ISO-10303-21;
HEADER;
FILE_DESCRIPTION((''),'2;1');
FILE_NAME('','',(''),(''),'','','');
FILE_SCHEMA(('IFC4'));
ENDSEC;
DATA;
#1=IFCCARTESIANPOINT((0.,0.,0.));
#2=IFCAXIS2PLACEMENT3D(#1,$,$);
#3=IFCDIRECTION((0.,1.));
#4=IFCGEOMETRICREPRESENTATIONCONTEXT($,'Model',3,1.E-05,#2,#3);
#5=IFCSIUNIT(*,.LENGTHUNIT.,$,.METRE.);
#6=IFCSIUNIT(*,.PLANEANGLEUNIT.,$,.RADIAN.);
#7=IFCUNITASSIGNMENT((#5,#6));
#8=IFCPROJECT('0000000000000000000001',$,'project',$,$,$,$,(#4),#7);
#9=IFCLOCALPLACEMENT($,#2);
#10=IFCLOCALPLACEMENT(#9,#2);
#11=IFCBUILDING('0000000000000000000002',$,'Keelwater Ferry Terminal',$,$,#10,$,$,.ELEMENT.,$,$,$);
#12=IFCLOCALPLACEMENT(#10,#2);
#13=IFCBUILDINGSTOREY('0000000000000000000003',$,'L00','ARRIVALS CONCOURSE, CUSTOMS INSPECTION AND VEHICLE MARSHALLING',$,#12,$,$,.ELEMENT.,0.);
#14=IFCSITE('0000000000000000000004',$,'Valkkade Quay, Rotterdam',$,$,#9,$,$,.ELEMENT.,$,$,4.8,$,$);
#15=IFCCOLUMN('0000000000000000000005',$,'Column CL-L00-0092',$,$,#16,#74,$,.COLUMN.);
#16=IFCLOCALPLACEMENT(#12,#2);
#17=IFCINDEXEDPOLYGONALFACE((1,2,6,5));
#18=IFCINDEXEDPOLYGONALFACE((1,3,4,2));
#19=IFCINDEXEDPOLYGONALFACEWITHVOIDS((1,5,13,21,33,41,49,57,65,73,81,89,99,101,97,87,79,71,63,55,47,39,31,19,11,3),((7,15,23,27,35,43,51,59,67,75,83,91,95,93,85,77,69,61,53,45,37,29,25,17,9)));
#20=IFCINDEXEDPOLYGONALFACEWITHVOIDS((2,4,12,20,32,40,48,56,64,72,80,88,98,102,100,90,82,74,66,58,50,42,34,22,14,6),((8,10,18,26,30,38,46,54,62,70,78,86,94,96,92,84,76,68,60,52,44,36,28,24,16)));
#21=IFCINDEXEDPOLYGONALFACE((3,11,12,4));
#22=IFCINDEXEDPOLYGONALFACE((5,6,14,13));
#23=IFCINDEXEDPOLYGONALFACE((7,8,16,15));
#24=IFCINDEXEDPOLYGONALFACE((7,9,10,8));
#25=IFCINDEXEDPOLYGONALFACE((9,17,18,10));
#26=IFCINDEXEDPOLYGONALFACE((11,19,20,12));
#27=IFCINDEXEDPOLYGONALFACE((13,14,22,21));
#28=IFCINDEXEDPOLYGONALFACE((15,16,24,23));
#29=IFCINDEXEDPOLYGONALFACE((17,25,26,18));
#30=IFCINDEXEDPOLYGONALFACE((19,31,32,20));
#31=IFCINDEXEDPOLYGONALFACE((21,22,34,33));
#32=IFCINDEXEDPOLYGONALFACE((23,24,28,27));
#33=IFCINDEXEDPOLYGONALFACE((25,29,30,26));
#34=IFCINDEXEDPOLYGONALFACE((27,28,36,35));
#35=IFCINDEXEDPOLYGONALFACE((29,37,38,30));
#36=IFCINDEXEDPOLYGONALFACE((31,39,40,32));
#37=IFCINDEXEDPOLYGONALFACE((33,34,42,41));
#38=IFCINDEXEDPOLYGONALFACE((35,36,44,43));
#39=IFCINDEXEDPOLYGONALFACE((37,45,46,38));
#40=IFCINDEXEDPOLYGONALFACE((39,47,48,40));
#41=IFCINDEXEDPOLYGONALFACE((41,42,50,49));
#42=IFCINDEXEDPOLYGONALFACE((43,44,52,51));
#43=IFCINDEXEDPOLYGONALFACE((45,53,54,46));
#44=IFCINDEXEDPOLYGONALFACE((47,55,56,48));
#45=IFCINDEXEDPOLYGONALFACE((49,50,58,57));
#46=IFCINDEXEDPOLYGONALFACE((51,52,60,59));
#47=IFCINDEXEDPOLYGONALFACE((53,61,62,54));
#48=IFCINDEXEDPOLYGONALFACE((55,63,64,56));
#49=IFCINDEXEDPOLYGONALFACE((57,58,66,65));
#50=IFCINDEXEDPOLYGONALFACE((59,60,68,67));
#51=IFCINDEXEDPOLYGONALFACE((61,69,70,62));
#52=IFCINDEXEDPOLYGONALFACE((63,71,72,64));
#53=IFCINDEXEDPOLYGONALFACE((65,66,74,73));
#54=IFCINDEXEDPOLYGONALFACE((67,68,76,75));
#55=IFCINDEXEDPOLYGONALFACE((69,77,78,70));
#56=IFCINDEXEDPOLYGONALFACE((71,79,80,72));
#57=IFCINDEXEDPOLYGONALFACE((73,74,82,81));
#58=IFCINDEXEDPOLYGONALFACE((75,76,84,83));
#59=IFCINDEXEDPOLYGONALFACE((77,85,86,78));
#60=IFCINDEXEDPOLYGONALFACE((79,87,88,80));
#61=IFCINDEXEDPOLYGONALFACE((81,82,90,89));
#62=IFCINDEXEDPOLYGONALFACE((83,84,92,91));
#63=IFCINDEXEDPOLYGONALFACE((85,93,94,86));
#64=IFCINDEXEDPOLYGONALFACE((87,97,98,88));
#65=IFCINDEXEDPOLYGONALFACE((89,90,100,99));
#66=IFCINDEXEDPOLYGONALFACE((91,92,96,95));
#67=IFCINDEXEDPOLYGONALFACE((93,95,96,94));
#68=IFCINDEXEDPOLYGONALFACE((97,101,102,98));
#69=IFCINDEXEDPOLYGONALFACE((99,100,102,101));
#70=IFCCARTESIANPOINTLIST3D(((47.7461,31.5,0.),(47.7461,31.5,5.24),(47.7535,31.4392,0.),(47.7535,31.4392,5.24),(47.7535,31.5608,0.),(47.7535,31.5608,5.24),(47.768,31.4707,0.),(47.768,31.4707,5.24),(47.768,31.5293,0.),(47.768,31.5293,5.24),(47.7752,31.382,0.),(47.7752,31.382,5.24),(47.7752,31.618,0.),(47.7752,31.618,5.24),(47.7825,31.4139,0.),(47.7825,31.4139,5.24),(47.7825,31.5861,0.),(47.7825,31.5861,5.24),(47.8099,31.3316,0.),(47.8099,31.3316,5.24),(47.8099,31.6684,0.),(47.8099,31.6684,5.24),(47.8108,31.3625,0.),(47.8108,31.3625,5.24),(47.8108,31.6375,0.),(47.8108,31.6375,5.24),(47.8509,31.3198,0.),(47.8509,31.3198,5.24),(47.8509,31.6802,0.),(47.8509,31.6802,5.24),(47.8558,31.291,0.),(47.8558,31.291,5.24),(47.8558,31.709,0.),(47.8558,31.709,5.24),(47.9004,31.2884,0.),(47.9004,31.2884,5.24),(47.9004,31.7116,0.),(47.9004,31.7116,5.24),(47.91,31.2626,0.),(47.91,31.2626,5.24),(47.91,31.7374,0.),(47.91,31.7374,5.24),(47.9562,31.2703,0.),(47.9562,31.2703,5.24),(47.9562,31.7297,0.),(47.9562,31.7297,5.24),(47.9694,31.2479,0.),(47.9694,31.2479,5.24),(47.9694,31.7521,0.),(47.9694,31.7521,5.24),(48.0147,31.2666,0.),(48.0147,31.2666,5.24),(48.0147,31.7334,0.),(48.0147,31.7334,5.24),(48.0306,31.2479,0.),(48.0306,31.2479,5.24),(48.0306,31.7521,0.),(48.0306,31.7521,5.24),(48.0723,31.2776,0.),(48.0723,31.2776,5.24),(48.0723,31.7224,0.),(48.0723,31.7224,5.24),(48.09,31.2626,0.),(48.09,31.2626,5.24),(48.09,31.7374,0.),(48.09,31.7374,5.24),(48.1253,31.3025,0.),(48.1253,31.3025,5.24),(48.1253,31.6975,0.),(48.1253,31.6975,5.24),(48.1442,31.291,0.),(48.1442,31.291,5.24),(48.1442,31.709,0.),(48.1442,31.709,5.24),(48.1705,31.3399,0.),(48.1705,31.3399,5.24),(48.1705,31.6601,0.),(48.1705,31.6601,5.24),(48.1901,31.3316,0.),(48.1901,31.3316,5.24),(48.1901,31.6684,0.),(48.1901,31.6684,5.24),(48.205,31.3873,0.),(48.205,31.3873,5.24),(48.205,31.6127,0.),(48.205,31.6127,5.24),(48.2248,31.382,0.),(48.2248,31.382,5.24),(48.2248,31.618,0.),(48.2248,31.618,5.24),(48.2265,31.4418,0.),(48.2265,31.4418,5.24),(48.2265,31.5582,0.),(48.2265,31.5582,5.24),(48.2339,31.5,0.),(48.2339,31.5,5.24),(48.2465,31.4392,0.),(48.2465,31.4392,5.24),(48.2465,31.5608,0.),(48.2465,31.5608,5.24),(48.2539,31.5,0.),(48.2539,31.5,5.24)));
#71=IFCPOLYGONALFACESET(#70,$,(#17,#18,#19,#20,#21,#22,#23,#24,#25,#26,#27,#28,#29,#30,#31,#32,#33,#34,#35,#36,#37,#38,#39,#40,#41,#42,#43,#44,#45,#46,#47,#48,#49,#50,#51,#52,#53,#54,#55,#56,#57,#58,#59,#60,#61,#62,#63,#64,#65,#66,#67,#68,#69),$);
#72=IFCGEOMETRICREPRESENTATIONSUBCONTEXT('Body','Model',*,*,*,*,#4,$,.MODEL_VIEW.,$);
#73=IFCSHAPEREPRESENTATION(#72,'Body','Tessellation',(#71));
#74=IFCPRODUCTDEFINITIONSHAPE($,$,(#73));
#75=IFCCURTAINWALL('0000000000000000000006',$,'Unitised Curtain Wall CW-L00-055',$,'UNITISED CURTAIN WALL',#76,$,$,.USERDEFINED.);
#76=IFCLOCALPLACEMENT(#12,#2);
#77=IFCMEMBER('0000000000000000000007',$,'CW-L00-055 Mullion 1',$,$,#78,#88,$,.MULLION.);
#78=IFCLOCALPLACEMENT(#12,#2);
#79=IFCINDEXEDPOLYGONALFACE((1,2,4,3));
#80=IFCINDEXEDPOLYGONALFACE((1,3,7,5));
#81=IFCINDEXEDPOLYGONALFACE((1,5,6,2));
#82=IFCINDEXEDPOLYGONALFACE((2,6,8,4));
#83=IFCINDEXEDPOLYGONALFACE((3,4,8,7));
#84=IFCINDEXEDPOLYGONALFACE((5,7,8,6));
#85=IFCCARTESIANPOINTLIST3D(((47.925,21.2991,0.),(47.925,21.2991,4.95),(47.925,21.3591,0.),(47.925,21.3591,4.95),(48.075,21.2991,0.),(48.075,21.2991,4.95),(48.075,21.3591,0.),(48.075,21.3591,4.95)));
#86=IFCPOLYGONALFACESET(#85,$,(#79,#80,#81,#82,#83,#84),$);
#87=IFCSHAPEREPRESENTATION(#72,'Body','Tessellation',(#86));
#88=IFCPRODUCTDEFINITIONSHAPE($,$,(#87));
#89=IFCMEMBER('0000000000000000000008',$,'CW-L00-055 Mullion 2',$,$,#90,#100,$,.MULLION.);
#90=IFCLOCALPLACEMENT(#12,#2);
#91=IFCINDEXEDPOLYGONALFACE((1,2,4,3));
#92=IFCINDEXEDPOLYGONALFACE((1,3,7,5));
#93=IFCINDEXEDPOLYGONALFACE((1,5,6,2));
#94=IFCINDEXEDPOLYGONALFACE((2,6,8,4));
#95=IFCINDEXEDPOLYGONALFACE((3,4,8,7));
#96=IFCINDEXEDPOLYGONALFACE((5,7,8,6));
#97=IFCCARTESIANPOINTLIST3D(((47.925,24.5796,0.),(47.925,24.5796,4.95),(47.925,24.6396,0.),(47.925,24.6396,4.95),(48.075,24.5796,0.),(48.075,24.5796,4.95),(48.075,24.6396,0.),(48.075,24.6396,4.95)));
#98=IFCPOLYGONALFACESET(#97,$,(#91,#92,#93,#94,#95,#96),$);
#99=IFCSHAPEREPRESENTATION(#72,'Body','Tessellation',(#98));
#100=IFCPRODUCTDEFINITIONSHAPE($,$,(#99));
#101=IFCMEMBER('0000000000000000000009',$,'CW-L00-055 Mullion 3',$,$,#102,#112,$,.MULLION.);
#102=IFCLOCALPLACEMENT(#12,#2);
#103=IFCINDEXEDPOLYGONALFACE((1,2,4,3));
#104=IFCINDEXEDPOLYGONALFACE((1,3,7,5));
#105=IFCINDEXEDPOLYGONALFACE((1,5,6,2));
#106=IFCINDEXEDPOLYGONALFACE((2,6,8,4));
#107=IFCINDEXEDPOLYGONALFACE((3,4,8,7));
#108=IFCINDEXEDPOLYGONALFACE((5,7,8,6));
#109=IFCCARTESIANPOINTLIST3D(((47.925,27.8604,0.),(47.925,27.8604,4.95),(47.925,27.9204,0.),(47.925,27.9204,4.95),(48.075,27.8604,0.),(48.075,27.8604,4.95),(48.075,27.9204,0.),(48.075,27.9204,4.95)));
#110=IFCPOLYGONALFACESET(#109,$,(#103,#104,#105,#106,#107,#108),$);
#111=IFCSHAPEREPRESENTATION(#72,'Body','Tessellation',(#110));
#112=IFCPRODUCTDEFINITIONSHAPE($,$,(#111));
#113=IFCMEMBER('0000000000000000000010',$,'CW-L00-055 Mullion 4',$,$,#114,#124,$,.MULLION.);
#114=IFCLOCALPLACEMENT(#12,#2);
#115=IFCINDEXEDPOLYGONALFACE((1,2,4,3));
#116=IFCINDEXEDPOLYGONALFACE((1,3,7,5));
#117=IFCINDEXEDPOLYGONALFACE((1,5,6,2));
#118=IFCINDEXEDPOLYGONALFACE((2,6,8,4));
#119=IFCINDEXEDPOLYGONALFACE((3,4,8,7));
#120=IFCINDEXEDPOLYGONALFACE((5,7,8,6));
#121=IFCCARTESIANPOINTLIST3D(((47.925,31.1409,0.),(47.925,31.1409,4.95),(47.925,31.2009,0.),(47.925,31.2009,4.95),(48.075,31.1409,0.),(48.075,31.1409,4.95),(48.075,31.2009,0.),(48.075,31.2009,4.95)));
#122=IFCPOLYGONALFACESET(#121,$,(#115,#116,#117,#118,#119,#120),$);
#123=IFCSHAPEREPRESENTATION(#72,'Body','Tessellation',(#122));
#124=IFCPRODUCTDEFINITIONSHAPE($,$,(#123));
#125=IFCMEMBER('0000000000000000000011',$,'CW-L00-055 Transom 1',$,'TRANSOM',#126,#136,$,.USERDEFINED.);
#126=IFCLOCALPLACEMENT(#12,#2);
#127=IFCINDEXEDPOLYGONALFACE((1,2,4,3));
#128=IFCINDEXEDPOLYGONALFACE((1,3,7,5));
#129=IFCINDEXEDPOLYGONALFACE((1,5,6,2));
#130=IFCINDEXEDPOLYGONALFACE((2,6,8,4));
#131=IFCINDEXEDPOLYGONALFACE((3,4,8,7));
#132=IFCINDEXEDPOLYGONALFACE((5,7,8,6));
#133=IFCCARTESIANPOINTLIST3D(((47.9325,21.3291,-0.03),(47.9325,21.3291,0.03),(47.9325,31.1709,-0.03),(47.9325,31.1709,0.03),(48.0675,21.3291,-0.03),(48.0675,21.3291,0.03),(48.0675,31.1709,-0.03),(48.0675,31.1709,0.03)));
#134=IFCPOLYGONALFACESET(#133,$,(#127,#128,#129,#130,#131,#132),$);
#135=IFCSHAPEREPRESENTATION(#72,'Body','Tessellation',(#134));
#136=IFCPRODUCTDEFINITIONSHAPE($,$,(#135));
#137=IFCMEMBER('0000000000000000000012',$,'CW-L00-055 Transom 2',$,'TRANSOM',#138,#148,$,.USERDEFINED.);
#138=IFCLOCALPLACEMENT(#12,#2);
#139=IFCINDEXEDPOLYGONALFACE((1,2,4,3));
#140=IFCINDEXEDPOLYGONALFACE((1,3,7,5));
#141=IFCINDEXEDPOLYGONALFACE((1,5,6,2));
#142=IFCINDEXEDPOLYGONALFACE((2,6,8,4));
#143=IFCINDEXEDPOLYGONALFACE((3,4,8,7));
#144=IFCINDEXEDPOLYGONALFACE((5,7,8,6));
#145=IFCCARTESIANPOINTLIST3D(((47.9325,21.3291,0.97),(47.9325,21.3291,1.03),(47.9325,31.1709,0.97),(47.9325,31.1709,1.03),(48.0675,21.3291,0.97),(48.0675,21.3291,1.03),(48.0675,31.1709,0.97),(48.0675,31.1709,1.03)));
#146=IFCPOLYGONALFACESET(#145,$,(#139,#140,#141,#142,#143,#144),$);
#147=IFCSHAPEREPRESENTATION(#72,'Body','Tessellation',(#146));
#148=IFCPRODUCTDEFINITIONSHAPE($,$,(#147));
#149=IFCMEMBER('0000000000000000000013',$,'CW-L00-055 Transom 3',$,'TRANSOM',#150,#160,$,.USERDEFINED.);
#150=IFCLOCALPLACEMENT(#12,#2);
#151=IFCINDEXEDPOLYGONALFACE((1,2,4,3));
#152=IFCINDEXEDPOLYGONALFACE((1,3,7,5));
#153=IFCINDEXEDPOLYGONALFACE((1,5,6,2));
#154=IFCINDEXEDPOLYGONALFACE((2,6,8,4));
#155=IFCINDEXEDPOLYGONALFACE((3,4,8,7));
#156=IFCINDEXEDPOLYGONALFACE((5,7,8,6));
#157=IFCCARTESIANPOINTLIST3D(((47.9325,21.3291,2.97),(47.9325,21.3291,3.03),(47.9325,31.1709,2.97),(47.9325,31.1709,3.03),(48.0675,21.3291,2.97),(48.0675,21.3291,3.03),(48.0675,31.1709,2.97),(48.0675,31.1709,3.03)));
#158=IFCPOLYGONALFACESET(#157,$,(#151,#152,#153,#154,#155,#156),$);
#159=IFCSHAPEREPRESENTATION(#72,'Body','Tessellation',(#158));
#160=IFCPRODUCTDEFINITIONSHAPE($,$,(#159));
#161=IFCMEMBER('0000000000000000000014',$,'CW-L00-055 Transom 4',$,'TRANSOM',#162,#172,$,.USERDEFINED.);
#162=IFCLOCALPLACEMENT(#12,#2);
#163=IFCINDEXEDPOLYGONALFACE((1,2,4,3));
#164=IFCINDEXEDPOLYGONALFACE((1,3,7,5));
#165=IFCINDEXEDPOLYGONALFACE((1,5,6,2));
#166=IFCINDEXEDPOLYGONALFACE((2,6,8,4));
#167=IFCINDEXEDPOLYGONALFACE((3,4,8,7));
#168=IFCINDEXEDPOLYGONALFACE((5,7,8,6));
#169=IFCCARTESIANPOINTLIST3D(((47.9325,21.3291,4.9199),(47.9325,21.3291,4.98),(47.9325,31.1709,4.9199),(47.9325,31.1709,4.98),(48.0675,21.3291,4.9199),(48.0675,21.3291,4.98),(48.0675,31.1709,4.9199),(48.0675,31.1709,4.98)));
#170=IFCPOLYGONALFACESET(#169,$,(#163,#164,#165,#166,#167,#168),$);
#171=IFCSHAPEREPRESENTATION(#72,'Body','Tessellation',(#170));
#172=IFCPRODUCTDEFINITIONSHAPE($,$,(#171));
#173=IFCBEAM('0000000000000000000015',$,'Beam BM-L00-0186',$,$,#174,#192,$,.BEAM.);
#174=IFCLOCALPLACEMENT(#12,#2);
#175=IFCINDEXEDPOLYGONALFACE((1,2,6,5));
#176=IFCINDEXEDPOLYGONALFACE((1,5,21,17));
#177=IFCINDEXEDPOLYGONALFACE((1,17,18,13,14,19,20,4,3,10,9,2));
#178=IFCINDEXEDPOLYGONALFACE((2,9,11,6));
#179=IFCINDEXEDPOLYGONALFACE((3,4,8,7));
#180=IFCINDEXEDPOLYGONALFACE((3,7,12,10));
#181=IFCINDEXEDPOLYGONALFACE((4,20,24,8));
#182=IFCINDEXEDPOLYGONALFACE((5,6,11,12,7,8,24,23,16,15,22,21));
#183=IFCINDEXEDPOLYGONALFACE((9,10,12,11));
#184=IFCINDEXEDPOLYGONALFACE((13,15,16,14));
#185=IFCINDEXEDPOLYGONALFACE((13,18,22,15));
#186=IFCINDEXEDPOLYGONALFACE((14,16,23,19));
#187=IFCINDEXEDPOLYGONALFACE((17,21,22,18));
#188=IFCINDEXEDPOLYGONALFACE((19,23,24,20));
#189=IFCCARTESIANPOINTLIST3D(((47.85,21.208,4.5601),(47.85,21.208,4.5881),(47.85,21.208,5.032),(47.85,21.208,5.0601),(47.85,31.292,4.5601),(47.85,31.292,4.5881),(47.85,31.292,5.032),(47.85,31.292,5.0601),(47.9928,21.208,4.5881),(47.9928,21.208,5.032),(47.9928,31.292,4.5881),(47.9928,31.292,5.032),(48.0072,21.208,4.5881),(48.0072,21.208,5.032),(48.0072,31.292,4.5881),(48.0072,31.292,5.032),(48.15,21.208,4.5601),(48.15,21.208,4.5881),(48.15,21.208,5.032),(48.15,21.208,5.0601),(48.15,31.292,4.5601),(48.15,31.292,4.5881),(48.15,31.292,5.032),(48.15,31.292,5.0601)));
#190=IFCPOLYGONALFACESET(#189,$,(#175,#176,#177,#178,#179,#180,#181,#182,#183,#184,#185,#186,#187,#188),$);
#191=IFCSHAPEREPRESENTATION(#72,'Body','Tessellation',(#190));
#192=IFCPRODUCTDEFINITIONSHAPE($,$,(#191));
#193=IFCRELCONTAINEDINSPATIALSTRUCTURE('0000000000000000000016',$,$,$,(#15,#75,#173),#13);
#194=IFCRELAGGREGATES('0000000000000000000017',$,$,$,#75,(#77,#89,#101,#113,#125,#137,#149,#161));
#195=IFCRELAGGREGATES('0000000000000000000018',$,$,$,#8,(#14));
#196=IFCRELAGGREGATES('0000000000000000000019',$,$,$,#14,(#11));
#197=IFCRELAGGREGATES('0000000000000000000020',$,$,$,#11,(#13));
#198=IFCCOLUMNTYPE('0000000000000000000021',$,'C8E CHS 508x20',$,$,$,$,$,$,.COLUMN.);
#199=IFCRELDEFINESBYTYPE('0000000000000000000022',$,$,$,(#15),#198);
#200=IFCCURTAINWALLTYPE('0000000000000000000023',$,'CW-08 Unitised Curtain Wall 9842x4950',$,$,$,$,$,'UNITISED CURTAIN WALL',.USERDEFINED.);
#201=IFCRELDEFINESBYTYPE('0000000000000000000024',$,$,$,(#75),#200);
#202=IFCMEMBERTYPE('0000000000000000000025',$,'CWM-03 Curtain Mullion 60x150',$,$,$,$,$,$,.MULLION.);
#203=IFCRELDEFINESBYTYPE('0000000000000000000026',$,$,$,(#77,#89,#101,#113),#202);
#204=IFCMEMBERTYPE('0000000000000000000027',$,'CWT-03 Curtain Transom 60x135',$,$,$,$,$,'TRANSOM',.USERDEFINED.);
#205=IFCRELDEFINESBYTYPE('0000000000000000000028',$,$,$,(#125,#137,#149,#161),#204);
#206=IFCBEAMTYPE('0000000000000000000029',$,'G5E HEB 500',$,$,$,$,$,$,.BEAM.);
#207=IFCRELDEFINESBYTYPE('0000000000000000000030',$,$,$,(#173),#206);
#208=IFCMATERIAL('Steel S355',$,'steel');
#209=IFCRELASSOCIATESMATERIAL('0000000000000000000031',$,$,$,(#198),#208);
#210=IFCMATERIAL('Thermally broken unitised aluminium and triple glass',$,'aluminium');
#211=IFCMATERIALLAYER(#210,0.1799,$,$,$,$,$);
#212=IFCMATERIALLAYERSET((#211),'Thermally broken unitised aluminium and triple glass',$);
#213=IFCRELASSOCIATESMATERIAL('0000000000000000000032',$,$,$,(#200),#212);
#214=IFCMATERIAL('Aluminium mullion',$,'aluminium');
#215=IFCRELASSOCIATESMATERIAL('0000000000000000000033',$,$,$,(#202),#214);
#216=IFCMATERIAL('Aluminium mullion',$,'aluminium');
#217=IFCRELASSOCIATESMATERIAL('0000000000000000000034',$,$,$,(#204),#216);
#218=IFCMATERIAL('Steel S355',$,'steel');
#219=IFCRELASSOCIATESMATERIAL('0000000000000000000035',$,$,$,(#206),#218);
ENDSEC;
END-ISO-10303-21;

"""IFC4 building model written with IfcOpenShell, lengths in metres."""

from ifc_helpers import new_model, si_unit, direction, frame, origin, origin_2d, place, context, subcontext, project, spatial, rectangle, hollow_circle, i_section, extrude, material, layer, layer_set, material_profile, profile_set, type_object, element, aggregate, save


model = new_model("IFC4")

# Units and contexts
model_context = context("Model", 3, precision=1e-05, world=origin(), true_north=direction((0.0, 1.0)))
body_context = subcontext(model_context, "Body", "Model", "MODEL_VIEW")
ifc_project = project(units=[si_unit("LENGTHUNIT", "METRE"), si_unit("PLANEANGLEUNIT", "RADIAN")], contexts=[model_context])

# Site, building, storey
site_placement = place(None, origin())
site = spatial("IfcSite", under=ifc_project, at=site_placement, Name="Valkkade Quay, Rotterdam", CompositionType="ELEMENT", RefElevation=4.8)
building_placement = place(site_placement, origin())
building = spatial("IfcBuilding", under=site, at=building_placement, Name="Keelwater Ferry Terminal", CompositionType="ELEMENT")
storey_placement = place(building_placement, origin())
storey = spatial("IfcBuildingStorey", under=building, at=storey_placement, Name="L00", Description="ARRIVALS CONCOURSE, CUSTOMS INSPECTION AND VEHICLE MARSHALLING", CompositionType="ELEMENT", Elevation=0.0)

# Column
ifc_material_1 = material(Name="Steel S355", Category="steel")
ifc_material_profile_1 = material_profile(ifc_material_1, hollow_circle(Radius=0.2539, WallThickness=0.02, at=origin_2d()), Name="CHS 508x20")
ifc_profile_set_1 = profile_set([ifc_material_profile_1], Name="Steel S355")
column_type = type_object("IfcColumnType", Name="C8E CHS 508x20", PredefinedType="COLUMN", material=ifc_profile_set_1)
for number, where, z_axis, x_axis, name in (
    (1, (48.0, 31.5, 0.0), (0.0, 0.0, 1.0), (1.0, 0.0, 0.0), "Column CL-L00-0092"),
):
    element("IfcColumn", number, at=place(storey_placement, frame(where, z_axis=z_axis, x_axis=x_axis)), inside=storey, type_object=column_type, Name=name, PredefinedType="COLUMN", context=body_context, shape_type="SweptSolid", body=[
        extrude(hollow_circle(Radius=0.2539, WallThickness=0.02, at=origin_2d()), origin(), (0.0, 0.0, 1.0), 5.24),
    ])

# Curtain wall, members
ifc_material_2 = material(Name="Thermally broken unitised aluminium and triple glass", Category="aluminium")
ifc_layer_1 = layer(ifc_material_2, 0.1799)
ifc_layer_set_1 = layer_set([ifc_layer_1], Name="Thermally broken unitised aluminium and triple glass")
curtain_wall_type = type_object("IfcCurtainWallType", Name="CW-08 Unitised Curtain Wall 9842x4950", ElementType="UNITISED CURTAIN WALL", PredefinedType="USERDEFINED", material=ifc_layer_set_1)
curtain_wall_placement = place(storey_placement, origin())
curtain_wall = element("IfcCurtainWall", 2, at=curtain_wall_placement, inside=storey, type_object=curtain_wall_type, Name="Unitised Curtain Wall CW-L00-055", ObjectType="UNITISED CURTAIN WALL", PredefinedType="USERDEFINED")
ifc_material_3 = material(Name="Aluminium mullion", Category="aluminium")
ifc_material_profile_2 = material_profile(ifc_material_3, rectangle(XDim=0.0601, YDim=0.1499, at=origin_2d()), Name="CWM-03")
ifc_profile_set_2 = profile_set([ifc_material_profile_2], Name="Aluminium mullion")
member_type_1 = type_object("IfcMemberType", Name="CWM-03 Curtain Mullion 60x150", PredefinedType="MULLION", material=ifc_profile_set_2)
member_1_placement = place(storey_placement, frame((48.0, 21.3291, 0.0), z_axis=(0.0, 0.0, 1.0), x_axis=(0.0, 1.0, 0.0)))
member_1 = element("IfcMember", 3, at=member_1_placement, type_object=member_type_1, Name="CW-L00-055 Mullion 1", PredefinedType="MULLION", context=body_context, shape_type="SweptSolid", body=[
    extrude(rectangle(XDim=0.0601, YDim=0.1499, at=origin_2d()), origin(), (0.0, 0.0, 1.0), 4.95),
])
member_2_placement = place(storey_placement, frame((48.0, 24.6096, 0.0), z_axis=(0.0, 0.0, 1.0), x_axis=(0.0, 1.0, 0.0)))
member_2 = element("IfcMember", 4, at=member_2_placement, type_object=member_type_1, Name="CW-L00-055 Mullion 2", PredefinedType="MULLION", context=body_context, shape_type="SweptSolid", body=[
    extrude(rectangle(XDim=0.0601, YDim=0.1499, at=origin_2d()), origin(), (0.0, 0.0, 1.0), 4.95),
])
member_3_placement = place(storey_placement, frame((48.0, 27.8904, 0.0), z_axis=(0.0, 0.0, 1.0), x_axis=(0.0, 1.0, 0.0)))
member_3 = element("IfcMember", 5, at=member_3_placement, type_object=member_type_1, Name="CW-L00-055 Mullion 3", PredefinedType="MULLION", context=body_context, shape_type="SweptSolid", body=[
    extrude(rectangle(XDim=0.0601, YDim=0.1499, at=origin_2d()), origin(), (0.0, 0.0, 1.0), 4.95),
])
member_4_placement = place(storey_placement, frame((48.0, 31.1709, 0.0), z_axis=(0.0, 0.0, 1.0), x_axis=(0.0, 1.0, 0.0)))
member_4 = element("IfcMember", 6, at=member_4_placement, type_object=member_type_1, Name="CW-L00-055 Mullion 4", PredefinedType="MULLION", context=body_context, shape_type="SweptSolid", body=[
    extrude(rectangle(XDim=0.0601, YDim=0.1499, at=origin_2d()), origin(), (0.0, 0.0, 1.0), 4.95),
])
ifc_material_4 = material(Name="Aluminium mullion", Category="aluminium")
ifc_material_profile_3 = material_profile(ifc_material_4, rectangle(XDim=0.135, YDim=0.0601, at=origin_2d()), Name="CWT-03")
ifc_profile_set_3 = profile_set([ifc_material_profile_3], Name="Aluminium mullion")
member_type_2 = type_object("IfcMemberType", Name="CWT-03 Curtain Transom 60x135", ElementType="TRANSOM", PredefinedType="USERDEFINED", material=ifc_profile_set_3)
member_5_placement = place(storey_placement, frame((48.0, 21.3291, 0.0), z_axis=(0.0, 1.0, 0.0), x_axis=(-1.0, 0.0, 0.0)))
member_5 = element("IfcMember", 7, at=member_5_placement, type_object=member_type_2, Name="CW-L00-055 Transom 1", ObjectType="TRANSOM", PredefinedType="USERDEFINED", context=body_context, shape_type="SweptSolid", body=[
    extrude(rectangle(XDim=0.135, YDim=0.0601, at=origin_2d()), origin(), (0.0, 0.0, 1.0), 9.8418),
])
member_6_placement = place(storey_placement, frame((48.0, 21.3291, 1.0), z_axis=(0.0, 1.0, 0.0), x_axis=(-1.0, 0.0, 0.0)))
member_6 = element("IfcMember", 8, at=member_6_placement, type_object=member_type_2, Name="CW-L00-055 Transom 2", ObjectType="TRANSOM", PredefinedType="USERDEFINED", context=body_context, shape_type="SweptSolid", body=[
    extrude(rectangle(XDim=0.135, YDim=0.0601, at=origin_2d()), origin(), (0.0, 0.0, 1.0), 9.8418),
])
member_7_placement = place(storey_placement, frame((48.0, 21.3291, 3.0), z_axis=(0.0, 1.0, 0.0), x_axis=(-1.0, 0.0, 0.0)))
member_7 = element("IfcMember", 9, at=member_7_placement, type_object=member_type_2, Name="CW-L00-055 Transom 3", ObjectType="TRANSOM", PredefinedType="USERDEFINED", context=body_context, shape_type="SweptSolid", body=[
    extrude(rectangle(XDim=0.135, YDim=0.0601, at=origin_2d()), origin(), (0.0, 0.0, 1.0), 9.8418),
])
member_8_placement = place(storey_placement, frame((48.0, 21.3291, 4.95), z_axis=(0.0, 1.0, 0.0), x_axis=(-1.0, 0.0, 0.0)))
member_8 = element("IfcMember", 10, at=member_8_placement, type_object=member_type_2, Name="CW-L00-055 Transom 4", ObjectType="TRANSOM", PredefinedType="USERDEFINED", context=body_context, shape_type="SweptSolid", body=[
    extrude(rectangle(XDim=0.135, YDim=0.0601, at=origin_2d()), origin(), (0.0, 0.0, 1.0), 9.8418),
])

# Beam
ifc_material_5 = material(Name="Steel S355", Category="steel")
ifc_material_profile_4 = material_profile(ifc_material_5, i_section(OverallWidth=0.3, OverallDepth=0.5, WebThickness=0.0144, FlangeThickness=0.0281, at=origin_2d()), Name="HEB 500")
ifc_profile_set_4 = profile_set([ifc_material_profile_4], Name="Steel S355")
beam_type = type_object("IfcBeamType", Name="G5E HEB 500", PredefinedType="BEAM", material=ifc_profile_set_4)
beam_placement = place(storey_placement, frame((48.0, 21.208, 4.8101), z_axis=(0.0, 1.0, 0.0), x_axis=(-1.0, 0.0, 0.0)))
element("IfcBeam", 11, at=beam_placement, inside=storey, type_object=beam_type, Name="Beam BM-L00-0186", PredefinedType="BEAM", context=body_context, shape_type="SweptSolid", body=[
    extrude(i_section(OverallWidth=0.3, OverallDepth=0.5, WebThickness=0.0144, FlangeThickness=0.0281, at=origin_2d()), origin(), (0.0, 0.0, 1.0), 10.084),
])

aggregate(curtain_wall, [member_1, member_2, member_3, member_4, member_5, member_6, member_7, member_8])

save(model, "model.ifc")
